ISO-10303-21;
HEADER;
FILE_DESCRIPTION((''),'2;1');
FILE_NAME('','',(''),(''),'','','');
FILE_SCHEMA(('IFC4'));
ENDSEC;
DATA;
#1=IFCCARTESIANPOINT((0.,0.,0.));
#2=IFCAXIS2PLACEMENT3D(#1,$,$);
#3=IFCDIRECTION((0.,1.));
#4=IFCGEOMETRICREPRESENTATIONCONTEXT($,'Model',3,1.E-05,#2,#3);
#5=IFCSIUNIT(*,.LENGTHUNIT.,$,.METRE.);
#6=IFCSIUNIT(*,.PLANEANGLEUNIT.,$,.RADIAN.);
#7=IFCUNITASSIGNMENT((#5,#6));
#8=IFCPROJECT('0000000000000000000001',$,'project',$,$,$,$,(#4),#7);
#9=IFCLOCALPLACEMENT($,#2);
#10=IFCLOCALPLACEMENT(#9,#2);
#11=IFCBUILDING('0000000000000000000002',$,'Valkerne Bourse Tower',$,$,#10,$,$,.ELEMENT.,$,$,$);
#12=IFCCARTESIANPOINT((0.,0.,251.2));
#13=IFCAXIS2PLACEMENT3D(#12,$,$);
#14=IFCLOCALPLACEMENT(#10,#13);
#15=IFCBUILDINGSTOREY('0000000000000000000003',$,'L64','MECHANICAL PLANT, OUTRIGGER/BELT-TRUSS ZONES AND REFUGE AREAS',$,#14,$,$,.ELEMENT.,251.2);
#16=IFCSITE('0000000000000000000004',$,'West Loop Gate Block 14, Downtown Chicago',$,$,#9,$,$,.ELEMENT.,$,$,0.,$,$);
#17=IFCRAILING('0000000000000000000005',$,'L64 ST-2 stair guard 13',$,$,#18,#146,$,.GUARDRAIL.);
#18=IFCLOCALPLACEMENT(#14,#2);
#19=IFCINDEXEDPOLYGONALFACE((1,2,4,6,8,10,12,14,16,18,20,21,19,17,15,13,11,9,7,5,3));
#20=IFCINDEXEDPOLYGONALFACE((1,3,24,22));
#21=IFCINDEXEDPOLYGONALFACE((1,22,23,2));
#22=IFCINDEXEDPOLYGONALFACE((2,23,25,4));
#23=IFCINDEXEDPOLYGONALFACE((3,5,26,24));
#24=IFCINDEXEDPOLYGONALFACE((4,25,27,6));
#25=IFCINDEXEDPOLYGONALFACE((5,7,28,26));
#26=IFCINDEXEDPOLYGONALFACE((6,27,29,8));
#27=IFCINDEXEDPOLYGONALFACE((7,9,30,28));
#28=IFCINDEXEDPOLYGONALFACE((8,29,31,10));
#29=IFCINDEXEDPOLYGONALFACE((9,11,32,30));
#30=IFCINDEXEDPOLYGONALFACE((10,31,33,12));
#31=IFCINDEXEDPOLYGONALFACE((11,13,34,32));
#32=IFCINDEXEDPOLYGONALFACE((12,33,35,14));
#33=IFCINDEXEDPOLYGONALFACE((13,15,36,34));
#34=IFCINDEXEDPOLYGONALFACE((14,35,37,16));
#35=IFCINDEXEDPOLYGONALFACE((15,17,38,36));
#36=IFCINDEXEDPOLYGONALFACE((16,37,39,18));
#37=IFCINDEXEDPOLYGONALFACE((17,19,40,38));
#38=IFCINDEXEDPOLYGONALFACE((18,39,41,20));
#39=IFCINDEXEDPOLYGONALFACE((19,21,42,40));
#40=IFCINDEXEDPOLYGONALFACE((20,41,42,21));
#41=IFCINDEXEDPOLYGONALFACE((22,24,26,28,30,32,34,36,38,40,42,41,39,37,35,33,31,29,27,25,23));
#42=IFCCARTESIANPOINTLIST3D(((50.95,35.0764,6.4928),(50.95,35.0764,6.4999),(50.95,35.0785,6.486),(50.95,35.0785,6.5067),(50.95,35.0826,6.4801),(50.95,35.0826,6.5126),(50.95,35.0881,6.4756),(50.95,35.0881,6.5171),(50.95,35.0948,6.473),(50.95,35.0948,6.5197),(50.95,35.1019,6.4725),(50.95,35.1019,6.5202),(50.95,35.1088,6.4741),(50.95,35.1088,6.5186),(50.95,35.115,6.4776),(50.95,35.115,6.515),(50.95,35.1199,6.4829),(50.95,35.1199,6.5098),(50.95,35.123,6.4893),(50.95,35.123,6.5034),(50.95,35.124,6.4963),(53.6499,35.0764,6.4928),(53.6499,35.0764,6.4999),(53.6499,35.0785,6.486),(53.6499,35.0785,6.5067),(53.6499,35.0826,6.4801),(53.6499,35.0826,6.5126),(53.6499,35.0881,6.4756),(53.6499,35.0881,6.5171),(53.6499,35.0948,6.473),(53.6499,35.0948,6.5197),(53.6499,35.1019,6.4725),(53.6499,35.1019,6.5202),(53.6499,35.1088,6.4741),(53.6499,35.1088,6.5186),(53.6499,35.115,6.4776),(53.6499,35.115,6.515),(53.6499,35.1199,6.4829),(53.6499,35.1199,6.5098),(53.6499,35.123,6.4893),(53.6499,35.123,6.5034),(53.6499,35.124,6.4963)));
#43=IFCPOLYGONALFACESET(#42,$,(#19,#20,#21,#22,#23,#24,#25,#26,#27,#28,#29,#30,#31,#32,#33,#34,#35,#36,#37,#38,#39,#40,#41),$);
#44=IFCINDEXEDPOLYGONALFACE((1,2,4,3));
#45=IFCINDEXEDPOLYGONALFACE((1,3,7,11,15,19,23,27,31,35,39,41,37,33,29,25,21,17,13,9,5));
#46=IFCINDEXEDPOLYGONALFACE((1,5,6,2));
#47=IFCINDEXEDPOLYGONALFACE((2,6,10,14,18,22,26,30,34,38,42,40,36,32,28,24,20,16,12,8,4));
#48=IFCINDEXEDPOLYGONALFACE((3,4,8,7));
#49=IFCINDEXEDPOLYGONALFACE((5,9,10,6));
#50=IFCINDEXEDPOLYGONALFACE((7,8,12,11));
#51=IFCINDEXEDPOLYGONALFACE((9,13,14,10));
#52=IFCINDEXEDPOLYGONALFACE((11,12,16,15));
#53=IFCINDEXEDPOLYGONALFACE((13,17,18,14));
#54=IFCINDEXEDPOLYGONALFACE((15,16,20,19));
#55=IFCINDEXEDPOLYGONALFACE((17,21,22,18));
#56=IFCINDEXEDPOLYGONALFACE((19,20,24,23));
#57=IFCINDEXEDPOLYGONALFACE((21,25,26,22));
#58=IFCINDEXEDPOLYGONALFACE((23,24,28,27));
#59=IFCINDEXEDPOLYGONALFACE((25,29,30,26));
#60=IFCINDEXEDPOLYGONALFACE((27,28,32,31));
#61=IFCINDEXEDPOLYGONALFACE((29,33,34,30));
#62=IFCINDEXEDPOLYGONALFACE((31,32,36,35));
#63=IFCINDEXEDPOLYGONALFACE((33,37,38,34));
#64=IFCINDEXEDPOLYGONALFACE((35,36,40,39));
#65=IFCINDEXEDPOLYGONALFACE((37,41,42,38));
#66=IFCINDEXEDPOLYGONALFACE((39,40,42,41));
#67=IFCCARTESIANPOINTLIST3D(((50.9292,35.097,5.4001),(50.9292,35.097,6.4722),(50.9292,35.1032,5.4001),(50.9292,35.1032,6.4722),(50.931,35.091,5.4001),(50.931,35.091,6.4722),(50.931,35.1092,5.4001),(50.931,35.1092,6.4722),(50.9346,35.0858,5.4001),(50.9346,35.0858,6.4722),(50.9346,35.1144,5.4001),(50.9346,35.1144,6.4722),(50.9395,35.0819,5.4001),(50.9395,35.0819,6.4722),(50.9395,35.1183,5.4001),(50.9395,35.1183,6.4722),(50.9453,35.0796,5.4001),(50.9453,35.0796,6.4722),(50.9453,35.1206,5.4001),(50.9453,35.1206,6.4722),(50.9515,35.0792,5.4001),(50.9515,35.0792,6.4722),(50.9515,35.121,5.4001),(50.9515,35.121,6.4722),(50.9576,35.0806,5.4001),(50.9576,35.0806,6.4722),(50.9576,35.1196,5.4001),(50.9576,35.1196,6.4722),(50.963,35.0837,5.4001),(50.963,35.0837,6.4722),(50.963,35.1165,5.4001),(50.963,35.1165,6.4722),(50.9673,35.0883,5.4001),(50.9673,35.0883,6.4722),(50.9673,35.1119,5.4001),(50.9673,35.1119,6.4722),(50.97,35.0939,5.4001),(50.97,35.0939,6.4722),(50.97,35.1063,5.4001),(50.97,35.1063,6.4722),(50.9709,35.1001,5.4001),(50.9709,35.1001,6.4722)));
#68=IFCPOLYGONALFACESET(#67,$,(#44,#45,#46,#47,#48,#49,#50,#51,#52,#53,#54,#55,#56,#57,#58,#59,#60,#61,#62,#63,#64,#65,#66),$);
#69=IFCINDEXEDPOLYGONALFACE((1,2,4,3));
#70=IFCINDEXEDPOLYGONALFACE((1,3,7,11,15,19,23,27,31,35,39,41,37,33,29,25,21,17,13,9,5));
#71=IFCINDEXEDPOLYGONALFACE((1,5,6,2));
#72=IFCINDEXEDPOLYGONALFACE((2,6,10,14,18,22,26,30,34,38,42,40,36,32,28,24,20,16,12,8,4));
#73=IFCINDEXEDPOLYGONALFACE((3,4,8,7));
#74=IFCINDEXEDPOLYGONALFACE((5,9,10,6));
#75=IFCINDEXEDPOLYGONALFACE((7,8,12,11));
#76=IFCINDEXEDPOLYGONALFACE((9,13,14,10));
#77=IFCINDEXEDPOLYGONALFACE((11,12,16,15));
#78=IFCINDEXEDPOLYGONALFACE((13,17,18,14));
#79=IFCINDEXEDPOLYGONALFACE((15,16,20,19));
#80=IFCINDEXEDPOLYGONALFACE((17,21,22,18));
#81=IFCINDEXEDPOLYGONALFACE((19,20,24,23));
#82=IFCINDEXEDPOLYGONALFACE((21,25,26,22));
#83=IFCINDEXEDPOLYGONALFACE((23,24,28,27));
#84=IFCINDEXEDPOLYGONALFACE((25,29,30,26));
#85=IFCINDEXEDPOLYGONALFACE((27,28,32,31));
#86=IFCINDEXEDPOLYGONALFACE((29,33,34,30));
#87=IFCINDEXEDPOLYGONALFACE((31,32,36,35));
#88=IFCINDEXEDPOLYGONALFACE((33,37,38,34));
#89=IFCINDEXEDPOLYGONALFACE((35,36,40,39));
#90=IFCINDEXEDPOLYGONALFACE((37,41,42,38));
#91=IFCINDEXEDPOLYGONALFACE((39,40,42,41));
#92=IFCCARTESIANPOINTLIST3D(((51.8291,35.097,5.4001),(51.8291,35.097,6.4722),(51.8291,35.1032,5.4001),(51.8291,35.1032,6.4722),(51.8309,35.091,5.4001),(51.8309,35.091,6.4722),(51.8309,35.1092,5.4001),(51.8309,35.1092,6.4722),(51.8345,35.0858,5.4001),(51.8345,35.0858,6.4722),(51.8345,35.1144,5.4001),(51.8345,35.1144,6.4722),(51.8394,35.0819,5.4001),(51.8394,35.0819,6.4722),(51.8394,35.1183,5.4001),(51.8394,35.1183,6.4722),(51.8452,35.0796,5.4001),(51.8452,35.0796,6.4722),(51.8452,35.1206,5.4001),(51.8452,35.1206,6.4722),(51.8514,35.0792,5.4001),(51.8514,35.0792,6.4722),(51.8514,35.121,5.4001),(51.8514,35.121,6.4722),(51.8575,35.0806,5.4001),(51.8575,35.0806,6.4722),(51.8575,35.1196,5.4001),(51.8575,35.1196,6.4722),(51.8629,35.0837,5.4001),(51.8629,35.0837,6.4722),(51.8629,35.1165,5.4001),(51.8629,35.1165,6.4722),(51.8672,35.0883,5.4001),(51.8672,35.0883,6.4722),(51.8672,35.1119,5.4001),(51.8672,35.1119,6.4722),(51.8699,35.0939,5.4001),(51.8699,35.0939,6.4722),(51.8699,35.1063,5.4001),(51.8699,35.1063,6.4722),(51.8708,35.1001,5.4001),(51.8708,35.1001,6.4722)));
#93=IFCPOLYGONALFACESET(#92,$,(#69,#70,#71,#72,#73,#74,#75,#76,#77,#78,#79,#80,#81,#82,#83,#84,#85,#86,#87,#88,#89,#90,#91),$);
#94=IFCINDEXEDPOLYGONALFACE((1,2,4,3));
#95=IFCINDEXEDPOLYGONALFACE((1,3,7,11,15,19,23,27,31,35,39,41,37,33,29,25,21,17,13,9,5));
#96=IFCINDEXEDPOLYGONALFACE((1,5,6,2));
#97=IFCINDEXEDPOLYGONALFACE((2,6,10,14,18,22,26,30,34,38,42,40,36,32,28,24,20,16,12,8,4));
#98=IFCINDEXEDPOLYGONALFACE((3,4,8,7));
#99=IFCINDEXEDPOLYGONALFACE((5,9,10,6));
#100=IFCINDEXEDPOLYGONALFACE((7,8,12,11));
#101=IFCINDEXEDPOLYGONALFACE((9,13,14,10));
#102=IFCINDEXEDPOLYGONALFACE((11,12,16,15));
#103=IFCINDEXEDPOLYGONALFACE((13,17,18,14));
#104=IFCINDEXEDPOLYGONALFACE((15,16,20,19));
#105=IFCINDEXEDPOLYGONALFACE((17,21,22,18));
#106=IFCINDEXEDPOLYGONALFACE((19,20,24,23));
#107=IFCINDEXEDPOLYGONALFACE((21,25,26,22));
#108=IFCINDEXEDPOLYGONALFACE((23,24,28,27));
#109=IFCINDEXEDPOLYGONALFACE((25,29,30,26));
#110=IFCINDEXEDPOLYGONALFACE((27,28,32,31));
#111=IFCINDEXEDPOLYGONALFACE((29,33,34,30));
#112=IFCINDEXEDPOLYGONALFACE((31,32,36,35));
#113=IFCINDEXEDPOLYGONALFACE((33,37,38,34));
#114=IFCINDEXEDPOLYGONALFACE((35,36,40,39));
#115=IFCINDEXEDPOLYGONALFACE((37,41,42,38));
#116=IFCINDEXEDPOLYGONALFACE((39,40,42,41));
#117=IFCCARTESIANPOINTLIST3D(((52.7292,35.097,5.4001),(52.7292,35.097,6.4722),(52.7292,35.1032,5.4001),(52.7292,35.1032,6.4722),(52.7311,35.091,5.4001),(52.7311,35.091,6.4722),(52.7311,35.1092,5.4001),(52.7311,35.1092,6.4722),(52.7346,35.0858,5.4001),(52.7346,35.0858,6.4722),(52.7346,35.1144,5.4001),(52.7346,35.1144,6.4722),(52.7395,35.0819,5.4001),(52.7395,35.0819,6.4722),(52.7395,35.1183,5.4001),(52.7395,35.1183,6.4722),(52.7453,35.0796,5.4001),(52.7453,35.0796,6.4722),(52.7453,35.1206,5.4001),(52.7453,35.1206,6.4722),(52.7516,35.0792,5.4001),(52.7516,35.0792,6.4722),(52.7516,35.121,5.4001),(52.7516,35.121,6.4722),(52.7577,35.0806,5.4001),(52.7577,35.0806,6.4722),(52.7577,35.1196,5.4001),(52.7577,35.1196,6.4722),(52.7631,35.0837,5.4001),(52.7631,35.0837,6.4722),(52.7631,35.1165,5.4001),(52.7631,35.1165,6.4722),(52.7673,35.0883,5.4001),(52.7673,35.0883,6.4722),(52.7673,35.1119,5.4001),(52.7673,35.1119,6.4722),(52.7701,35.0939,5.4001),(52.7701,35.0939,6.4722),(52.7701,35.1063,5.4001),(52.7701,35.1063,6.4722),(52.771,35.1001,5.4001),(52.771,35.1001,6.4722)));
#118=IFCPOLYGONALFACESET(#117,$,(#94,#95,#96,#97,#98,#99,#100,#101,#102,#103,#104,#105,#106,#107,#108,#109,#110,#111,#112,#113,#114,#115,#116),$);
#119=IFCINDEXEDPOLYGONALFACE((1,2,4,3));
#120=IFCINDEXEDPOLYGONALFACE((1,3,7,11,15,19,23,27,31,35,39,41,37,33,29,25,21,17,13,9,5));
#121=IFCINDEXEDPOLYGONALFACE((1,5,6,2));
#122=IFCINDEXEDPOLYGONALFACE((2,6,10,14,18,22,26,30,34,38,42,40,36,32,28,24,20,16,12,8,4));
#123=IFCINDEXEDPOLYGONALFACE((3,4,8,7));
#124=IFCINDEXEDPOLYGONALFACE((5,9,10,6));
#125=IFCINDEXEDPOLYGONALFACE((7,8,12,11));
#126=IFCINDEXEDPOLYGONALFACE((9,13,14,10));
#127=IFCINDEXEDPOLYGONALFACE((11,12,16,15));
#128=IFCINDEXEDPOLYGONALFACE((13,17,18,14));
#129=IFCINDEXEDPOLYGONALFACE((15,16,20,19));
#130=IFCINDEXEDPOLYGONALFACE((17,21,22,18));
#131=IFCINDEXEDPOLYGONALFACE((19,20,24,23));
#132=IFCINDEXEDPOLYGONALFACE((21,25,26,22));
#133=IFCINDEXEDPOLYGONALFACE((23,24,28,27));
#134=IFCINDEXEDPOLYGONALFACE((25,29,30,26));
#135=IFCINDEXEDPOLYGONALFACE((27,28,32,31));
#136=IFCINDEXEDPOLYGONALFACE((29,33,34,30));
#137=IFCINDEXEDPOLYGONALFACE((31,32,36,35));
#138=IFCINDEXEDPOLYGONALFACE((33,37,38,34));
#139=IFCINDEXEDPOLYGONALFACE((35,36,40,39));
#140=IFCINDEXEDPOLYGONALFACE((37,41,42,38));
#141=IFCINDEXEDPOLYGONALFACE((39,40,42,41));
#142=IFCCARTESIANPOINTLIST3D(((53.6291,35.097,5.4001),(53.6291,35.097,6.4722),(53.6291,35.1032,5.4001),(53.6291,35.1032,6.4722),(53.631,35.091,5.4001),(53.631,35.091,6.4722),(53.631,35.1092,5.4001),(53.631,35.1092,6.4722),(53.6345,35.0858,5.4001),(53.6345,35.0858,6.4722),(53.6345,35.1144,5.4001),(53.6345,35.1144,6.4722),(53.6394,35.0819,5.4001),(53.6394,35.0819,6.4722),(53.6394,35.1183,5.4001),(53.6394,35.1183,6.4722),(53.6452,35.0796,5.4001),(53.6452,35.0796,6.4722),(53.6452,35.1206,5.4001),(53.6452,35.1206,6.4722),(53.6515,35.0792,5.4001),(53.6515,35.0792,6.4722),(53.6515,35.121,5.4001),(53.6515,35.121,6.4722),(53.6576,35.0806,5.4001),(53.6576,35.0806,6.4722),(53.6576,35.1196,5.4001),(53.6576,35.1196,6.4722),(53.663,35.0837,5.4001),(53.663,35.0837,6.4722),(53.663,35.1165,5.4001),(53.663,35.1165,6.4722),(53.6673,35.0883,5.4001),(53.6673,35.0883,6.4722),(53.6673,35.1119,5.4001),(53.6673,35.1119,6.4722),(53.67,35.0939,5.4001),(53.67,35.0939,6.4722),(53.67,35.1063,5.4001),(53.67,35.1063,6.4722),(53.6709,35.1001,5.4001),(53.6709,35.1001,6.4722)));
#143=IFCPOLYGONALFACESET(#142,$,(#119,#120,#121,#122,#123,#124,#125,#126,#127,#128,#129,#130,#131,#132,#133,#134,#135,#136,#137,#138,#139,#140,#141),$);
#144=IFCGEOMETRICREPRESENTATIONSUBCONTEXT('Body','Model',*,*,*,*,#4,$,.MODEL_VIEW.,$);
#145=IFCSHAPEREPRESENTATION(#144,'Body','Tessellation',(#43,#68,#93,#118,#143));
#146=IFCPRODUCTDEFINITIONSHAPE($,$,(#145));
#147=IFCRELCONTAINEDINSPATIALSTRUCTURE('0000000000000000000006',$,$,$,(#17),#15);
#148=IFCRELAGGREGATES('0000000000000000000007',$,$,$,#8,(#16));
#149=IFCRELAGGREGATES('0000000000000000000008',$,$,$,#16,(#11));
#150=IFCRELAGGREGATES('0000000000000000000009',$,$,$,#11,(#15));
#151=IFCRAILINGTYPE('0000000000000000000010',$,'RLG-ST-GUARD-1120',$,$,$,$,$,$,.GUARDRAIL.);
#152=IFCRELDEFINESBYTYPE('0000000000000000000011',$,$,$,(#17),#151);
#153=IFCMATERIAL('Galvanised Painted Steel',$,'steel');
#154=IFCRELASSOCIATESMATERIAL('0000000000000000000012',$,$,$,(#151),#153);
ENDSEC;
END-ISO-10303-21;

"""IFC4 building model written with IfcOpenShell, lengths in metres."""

from ifc_helpers import new_model, si_unit, direction, frame, origin, origin_2d, place, context, subcontext, project, spatial, circle, extrude, material, type_object, element, save


model = new_model("IFC4")

# Units and contexts
model_context = context("Model", 3, precision=1e-05, world=origin(), true_north=direction((0.0, 1.0)))
body_context = subcontext(model_context, "Body", "Model", "MODEL_VIEW")
ifc_project = project(units=[si_unit("LENGTHUNIT", "METRE"), si_unit("PLANEANGLEUNIT", "RADIAN")], contexts=[model_context])

# Site, building, storey
site_placement = place(None, origin())
site = spatial("IfcSite", under=ifc_project, at=site_placement, Name="West Loop Gate Block 14, Downtown Chicago", CompositionType="ELEMENT", RefElevation=0.0)
building_placement = place(site_placement, origin())
building = spatial("IfcBuilding", under=site, at=building_placement, Name="Valkerne Bourse Tower", CompositionType="ELEMENT")
storey_placement = place(building_placement, frame((0.0, 0.0, 251.2)))
storey = spatial("IfcBuildingStorey", under=building, at=storey_placement, Name="L64", Description="MECHANICAL PLANT, OUTRIGGER/BELT-TRUSS ZONES AND REFUGE AREAS", CompositionType="ELEMENT", Elevation=251.2)

# Railing
ifc_material_1 = material(Name="Galvanised Painted Steel", Category="steel")
railing_type_1 = type_object("IfcRailingType", Name="RLG-ST-GUARD-1120", PredefinedType="GUARDRAIL", material=ifc_material_1)
railing_1_placement = place(storey_placement, frame((50.95, 35.1001, 5.4001)))
element("IfcRailing", 1, at=railing_1_placement, inside=storey, type_object=railing_type_1, Name="L64 ST-2 stair guard 13", PredefinedType="GUARDRAIL", context=body_context, shape_type="SweptSolid", body=[
    extrude(circle(Radius=0.0239, at=origin_2d()), frame((0.0, 0.0, 1.0962), z_axis=(1.0, 0.0, 0.0), x_axis=(0.0, 1.0, 0.0)), (0.0, 0.0, 1.0), 2.7),
    extrude(circle(Radius=0.021, at=origin_2d()), origin(), (0.0, 0.0, 1.0), 1.072),
    extrude(circle(Radius=0.021, at=origin_2d()), frame((0.8999, 0.0, 0.0)), (0.0, 0.0, 1.0), 1.072),
    extrude(circle(Radius=0.021, at=origin_2d()), frame((1.8, 0.0, 0.0)), (0.0, 0.0, 1.0), 1.072),
    extrude(circle(Radius=0.021, at=origin_2d()), frame((2.7, 0.0, 0.0)), (0.0, 0.0, 1.0), 1.072),
])

save(model, "model.ifc")
